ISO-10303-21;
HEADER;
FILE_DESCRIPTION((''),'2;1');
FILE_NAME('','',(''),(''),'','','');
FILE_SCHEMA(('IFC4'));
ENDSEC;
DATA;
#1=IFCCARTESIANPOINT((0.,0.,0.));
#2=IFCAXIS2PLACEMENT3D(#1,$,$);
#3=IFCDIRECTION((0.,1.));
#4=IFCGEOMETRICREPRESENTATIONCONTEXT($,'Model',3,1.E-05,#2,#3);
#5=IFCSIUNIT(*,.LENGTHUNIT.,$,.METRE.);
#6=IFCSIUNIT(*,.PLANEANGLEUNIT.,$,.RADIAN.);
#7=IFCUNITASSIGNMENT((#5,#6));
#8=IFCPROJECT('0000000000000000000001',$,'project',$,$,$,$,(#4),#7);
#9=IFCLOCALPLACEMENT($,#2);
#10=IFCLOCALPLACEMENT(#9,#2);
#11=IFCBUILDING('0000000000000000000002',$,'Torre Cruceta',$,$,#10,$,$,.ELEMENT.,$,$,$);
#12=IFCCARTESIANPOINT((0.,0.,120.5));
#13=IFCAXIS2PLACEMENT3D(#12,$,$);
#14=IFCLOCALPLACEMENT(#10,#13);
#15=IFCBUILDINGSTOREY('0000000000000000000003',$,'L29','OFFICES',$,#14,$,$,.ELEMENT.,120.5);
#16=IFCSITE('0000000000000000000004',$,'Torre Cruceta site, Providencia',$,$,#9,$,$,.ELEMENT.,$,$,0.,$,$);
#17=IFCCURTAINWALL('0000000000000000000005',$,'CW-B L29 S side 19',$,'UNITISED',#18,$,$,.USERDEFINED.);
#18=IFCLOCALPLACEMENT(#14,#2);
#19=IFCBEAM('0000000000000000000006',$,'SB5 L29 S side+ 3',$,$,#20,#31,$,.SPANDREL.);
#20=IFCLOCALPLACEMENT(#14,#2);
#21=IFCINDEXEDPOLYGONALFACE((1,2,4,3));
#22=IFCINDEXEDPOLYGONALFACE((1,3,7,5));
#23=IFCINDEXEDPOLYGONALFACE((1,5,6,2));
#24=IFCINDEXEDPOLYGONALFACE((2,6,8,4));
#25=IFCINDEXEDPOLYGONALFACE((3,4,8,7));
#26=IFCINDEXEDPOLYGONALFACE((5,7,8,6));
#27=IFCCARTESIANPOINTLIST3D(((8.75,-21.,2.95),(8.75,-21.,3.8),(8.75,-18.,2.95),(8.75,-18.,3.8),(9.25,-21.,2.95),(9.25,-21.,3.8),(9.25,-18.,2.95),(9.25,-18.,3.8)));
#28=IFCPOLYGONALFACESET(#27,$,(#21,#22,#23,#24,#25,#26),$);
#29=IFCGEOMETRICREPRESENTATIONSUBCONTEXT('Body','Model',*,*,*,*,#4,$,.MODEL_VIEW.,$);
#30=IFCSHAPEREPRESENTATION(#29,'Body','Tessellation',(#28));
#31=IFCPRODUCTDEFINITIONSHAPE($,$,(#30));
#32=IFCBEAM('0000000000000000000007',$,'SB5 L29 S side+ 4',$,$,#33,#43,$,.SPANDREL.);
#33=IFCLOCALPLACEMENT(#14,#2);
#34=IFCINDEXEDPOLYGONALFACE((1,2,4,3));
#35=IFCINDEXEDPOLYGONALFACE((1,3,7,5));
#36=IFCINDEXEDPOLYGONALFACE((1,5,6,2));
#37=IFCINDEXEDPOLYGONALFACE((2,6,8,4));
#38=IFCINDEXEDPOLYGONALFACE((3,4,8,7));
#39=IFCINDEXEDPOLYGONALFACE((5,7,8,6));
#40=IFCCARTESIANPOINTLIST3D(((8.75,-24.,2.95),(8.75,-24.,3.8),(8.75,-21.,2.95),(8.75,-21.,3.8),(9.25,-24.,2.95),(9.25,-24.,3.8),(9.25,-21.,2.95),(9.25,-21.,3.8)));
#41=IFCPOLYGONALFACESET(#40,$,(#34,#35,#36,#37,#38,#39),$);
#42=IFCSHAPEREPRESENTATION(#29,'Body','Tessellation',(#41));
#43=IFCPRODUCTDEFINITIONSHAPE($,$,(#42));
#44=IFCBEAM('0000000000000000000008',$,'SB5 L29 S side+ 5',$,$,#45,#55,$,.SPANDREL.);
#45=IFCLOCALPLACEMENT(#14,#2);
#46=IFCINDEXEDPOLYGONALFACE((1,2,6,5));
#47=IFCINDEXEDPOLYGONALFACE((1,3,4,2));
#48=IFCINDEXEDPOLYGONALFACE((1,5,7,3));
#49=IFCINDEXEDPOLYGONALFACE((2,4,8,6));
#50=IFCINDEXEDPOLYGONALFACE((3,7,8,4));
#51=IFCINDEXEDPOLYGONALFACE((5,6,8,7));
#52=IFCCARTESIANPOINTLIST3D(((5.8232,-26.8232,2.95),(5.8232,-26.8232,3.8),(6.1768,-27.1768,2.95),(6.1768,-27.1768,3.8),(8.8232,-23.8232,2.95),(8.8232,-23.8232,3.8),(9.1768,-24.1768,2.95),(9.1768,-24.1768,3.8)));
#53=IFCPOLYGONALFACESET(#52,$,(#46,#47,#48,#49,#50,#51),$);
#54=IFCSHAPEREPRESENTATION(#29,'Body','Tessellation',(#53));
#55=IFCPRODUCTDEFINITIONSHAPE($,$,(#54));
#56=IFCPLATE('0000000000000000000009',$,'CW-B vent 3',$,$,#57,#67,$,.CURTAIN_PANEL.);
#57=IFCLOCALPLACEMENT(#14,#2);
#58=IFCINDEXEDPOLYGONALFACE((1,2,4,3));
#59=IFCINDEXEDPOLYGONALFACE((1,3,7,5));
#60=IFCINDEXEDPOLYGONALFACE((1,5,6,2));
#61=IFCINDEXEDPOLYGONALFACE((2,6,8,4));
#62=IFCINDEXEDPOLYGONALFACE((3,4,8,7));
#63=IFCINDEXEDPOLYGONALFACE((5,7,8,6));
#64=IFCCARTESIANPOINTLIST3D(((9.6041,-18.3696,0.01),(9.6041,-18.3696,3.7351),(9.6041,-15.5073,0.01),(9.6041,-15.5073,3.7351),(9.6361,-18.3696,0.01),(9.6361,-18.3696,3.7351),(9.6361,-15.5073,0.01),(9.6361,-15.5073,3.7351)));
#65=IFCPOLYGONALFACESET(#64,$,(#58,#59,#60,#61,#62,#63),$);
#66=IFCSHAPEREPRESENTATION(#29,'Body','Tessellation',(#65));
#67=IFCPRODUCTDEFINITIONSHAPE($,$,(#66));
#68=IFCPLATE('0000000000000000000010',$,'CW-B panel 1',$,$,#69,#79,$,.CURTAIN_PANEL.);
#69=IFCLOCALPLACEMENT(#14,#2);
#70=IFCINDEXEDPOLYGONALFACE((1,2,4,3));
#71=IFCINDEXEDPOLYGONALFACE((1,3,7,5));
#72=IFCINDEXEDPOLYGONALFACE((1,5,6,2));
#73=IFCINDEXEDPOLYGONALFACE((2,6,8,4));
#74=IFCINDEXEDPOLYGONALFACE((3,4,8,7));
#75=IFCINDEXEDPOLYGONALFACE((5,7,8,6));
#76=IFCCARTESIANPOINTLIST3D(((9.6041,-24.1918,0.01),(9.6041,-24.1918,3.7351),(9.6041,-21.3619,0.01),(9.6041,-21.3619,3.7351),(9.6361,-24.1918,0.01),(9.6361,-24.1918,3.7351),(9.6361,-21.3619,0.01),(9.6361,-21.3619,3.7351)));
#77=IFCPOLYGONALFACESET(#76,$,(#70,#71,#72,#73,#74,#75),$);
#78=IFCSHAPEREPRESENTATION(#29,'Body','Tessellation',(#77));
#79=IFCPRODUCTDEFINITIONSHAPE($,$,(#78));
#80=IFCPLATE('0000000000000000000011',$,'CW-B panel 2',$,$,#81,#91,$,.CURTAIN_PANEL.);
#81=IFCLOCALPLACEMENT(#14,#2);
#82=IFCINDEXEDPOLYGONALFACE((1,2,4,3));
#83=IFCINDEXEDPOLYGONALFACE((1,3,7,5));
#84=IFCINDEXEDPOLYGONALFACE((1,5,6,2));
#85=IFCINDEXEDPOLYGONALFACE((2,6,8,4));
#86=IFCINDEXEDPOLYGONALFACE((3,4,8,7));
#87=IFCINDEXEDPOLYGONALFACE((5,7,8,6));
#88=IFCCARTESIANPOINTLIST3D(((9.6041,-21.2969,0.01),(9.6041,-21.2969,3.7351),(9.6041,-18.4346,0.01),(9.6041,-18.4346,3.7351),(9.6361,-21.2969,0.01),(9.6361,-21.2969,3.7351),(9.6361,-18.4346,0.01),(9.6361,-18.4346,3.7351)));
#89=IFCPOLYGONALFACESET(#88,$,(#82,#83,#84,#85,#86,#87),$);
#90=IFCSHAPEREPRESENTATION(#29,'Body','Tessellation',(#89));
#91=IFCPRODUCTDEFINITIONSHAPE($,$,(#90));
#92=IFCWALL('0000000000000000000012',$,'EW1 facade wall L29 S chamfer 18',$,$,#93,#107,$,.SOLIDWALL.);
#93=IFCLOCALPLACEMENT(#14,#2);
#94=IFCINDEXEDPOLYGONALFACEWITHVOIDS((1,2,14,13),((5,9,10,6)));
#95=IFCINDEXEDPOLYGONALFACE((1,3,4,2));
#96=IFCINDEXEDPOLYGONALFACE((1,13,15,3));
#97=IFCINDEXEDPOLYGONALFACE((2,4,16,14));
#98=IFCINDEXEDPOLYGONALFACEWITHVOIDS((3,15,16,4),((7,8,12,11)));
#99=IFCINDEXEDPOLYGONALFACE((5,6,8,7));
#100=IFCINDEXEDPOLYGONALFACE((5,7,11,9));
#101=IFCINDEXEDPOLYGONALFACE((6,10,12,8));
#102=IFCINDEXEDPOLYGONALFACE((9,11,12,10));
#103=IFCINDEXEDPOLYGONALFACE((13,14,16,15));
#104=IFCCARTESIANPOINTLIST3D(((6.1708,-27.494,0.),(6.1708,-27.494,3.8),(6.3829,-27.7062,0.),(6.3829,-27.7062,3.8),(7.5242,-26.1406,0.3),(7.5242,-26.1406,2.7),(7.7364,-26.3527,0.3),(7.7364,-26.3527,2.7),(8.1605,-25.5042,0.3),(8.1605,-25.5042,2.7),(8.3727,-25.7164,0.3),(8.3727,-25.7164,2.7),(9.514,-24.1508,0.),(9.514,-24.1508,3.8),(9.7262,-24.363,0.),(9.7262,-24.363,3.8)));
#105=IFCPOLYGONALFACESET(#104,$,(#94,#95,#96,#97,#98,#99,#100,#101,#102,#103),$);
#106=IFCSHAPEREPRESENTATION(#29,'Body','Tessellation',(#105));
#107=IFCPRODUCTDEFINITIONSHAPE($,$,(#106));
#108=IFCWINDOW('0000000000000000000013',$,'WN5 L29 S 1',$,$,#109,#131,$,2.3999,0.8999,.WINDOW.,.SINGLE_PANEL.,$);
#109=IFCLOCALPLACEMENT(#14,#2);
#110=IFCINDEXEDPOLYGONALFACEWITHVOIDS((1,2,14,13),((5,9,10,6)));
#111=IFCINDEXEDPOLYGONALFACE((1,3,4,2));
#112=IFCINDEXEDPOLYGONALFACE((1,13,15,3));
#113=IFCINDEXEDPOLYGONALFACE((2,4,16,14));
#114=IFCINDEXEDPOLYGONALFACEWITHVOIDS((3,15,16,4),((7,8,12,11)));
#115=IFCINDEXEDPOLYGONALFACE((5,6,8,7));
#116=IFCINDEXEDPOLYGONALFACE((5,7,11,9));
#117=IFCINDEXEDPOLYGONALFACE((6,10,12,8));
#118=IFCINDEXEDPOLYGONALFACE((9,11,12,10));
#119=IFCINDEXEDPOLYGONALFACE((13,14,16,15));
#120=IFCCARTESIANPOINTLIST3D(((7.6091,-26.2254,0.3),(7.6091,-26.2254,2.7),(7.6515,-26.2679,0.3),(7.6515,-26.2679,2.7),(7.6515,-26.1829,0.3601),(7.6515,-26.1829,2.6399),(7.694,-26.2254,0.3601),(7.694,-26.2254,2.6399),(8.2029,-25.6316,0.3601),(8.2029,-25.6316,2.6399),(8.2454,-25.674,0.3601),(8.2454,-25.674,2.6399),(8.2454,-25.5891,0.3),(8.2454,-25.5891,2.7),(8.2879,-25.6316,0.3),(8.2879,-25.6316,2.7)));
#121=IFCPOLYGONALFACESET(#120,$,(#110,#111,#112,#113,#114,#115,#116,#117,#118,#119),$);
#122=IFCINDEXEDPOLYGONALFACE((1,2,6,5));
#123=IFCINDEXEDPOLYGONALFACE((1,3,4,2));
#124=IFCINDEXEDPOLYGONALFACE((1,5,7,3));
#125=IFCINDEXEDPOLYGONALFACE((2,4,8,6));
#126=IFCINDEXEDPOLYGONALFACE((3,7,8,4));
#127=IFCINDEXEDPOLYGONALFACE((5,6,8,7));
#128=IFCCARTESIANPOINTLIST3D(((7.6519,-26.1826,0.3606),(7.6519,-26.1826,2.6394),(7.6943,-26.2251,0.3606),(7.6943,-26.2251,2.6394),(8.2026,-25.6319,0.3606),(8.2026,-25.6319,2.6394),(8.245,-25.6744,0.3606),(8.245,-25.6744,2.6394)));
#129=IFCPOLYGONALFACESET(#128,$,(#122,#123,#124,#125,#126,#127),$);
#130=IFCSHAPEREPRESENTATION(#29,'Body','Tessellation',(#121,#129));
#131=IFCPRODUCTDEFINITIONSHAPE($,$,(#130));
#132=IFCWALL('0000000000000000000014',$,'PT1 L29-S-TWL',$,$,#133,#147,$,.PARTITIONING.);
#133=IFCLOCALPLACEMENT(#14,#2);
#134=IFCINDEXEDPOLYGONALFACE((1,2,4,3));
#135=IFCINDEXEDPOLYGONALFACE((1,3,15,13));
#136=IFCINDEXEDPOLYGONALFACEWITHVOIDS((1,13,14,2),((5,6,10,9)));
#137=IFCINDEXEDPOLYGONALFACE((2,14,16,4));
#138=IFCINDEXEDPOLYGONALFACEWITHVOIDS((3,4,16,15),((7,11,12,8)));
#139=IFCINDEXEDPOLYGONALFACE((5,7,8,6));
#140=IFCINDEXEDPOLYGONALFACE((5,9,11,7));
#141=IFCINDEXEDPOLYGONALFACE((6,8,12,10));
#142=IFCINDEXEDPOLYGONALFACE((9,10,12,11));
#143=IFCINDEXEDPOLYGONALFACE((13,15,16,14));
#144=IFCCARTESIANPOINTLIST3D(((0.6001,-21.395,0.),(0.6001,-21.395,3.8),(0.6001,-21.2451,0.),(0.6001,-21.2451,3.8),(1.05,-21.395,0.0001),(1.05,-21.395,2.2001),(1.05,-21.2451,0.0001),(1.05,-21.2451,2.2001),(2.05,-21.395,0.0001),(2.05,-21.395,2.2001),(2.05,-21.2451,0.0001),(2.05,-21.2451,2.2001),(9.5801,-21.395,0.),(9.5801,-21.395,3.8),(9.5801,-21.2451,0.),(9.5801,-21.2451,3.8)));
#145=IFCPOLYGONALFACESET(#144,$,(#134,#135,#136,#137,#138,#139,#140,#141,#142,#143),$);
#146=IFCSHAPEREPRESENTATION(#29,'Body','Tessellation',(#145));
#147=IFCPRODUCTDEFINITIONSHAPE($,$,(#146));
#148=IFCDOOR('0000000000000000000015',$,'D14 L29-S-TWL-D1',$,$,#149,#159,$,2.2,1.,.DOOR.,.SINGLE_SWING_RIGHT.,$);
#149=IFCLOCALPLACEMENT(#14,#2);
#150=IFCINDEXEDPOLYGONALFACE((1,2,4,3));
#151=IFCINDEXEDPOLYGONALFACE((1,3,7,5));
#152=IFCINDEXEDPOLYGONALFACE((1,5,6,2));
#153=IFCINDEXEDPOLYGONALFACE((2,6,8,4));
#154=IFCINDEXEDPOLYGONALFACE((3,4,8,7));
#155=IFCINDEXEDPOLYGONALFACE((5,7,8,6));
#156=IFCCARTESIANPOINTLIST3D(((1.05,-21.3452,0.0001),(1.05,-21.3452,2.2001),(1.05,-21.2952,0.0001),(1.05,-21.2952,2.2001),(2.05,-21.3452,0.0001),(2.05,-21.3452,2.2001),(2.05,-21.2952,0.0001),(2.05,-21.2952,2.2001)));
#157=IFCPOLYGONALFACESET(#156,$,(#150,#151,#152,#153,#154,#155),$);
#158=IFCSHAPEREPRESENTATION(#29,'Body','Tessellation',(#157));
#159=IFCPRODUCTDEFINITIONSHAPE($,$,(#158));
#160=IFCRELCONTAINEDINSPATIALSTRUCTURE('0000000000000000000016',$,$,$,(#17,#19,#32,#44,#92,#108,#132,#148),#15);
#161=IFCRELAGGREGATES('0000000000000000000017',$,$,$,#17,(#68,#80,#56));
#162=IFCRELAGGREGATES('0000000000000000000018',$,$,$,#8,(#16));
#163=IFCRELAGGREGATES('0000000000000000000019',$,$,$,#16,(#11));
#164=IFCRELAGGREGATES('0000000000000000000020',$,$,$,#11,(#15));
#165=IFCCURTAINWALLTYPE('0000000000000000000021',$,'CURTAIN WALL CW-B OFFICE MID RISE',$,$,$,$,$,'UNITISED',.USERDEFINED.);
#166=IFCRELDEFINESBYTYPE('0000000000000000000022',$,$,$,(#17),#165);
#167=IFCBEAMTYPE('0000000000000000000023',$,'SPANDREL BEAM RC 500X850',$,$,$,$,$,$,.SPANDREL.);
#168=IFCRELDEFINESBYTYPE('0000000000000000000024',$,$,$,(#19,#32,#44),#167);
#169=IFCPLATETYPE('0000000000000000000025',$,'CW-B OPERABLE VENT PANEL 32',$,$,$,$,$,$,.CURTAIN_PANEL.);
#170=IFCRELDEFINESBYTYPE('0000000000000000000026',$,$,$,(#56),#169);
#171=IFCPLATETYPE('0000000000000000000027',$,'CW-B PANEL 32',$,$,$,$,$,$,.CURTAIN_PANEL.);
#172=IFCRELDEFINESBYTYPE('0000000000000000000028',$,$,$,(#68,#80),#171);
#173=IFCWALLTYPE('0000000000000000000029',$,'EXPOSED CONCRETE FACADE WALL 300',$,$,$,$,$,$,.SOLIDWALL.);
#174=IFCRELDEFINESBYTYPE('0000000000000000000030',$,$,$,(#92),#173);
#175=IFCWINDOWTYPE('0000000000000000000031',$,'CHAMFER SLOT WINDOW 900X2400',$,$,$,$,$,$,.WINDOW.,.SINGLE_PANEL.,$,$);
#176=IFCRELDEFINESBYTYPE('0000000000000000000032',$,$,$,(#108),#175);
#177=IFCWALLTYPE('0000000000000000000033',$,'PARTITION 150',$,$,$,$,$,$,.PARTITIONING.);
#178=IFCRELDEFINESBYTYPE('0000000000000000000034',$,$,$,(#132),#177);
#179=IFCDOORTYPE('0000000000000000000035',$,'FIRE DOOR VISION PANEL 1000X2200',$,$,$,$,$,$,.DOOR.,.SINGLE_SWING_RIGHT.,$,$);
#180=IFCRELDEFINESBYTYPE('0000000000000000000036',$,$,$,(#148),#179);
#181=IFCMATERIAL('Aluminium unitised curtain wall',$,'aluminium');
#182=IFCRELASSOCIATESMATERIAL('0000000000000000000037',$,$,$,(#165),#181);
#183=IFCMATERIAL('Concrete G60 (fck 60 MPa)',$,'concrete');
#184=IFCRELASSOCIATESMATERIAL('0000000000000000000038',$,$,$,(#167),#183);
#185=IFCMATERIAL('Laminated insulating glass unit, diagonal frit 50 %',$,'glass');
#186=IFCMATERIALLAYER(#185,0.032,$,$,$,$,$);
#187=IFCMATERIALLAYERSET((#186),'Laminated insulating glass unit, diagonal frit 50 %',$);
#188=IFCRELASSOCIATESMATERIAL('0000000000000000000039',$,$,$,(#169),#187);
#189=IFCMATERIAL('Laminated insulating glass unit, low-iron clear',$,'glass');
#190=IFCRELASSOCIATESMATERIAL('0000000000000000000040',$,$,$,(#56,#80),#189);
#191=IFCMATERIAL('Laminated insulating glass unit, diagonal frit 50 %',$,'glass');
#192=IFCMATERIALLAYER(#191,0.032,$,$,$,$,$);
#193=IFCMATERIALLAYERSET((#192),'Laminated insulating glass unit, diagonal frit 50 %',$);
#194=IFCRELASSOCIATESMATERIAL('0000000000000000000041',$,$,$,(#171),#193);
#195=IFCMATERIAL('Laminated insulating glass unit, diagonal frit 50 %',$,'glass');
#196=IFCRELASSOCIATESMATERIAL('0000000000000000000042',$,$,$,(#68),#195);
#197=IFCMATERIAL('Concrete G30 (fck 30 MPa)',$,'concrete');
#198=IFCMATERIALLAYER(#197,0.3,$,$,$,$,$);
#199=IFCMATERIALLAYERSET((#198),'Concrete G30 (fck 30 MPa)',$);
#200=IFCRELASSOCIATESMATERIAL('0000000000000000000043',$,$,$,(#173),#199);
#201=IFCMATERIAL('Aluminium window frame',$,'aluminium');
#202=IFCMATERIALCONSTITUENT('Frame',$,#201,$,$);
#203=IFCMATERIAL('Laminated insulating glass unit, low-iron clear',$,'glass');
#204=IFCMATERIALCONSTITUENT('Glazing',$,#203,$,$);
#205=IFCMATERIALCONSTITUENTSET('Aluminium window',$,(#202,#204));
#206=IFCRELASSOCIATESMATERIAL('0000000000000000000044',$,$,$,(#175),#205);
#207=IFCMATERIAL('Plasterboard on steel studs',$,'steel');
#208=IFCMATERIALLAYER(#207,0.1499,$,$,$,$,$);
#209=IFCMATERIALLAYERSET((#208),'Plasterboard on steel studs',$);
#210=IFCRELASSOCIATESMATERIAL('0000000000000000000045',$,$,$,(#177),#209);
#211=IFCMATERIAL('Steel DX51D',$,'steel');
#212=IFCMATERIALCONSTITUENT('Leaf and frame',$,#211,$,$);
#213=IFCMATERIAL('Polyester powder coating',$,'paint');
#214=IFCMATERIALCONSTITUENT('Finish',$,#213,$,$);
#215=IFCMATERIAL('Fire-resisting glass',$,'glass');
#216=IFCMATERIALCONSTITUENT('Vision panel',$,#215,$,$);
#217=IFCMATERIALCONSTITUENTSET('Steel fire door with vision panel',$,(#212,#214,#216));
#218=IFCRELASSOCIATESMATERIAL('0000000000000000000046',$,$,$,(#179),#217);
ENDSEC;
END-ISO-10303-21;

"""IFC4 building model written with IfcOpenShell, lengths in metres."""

from ifc_helpers import new_model, si_unit, direction, frame, frame_2d, origin, origin_2d, place, context, subcontext, project, spatial, rectangle, hollow_rectangle, extrude, material, layer, layer_set, constituent, constituent_set, material_profile, profile_set, type_object, element, fill, aggregate, save


model = new_model("IFC4")

# Units and contexts
model_context = context("Model", 3, precision=1e-05, world=origin(), true_north=direction((0.0, 1.0)))
body_context = subcontext(model_context, "Body", "Model", "MODEL_VIEW")
ifc_project = project(units=[si_unit("LENGTHUNIT", "METRE"), si_unit("PLANEANGLEUNIT", "RADIAN")], contexts=[model_context])

# Site, building, storey
site_placement = place(None, origin())
site = spatial("IfcSite", under=ifc_project, at=site_placement, Name="Torre Cruceta site, Providencia", CompositionType="ELEMENT", RefElevation=0.0)
building_placement = place(site_placement, origin())
building = spatial("IfcBuilding", under=site, at=building_placement, Name="Torre Cruceta", CompositionType="ELEMENT")
storey_placement = place(building_placement, frame((0.0, 0.0, 120.5)))
storey = spatial("IfcBuildingStorey", under=building, at=storey_placement, Name="L29", Description="OFFICES", CompositionType="ELEMENT", Elevation=120.5)

# Curtain wall
ifc_material_1 = material(Name="Aluminium unitised curtain wall", Category="aluminium")
curtain_wall_type = type_object("IfcCurtainWallType", Name="CURTAIN WALL CW-B OFFICE MID RISE", ElementType="UNITISED", PredefinedType="USERDEFINED", material=ifc_material_1)
curtain_wall_placement = place(storey_placement, origin())
curtain_wall = element("IfcCurtainWall", 1, at=curtain_wall_placement, inside=storey, type_object=curtain_wall_type, Name="CW-B L29 S side 19", ObjectType="UNITISED", PredefinedType="USERDEFINED")

# Beams
ifc_material_2 = material(Name="Concrete G60 (fck 60 MPa)", Category="concrete")
ifc_material_profile_1 = material_profile(ifc_material_2, rectangle(XDim=0.5, YDim=0.8501, at=origin_2d()), Name="RC 500X850")
ifc_profile_set_1 = profile_set([ifc_material_profile_1], Name="Concrete G60 (fck 60 MPa)")
beam_type_1 = type_object("IfcBeamType", Name="SPANDREL BEAM RC 500X850", PredefinedType="SPANDREL", material=ifc_profile_set_1)
for number, where, z_axis, x_axis, name in (
    (2, (9.0, -18.0, 3.375), (0.0, -1.0, 0.0), (1.0, 0.0, 0.0), "SB5 L29 S side+ 3"),
    (3, (9.0, -21.0, 3.375), (0.0, -1.0, 0.0), (1.0, 0.0, 0.0), "SB5 L29 S side+ 4"),
):
    element("IfcBeam", number, at=place(storey_placement, frame(where, z_axis=z_axis, x_axis=x_axis)), inside=storey, type_object=beam_type_1, Name=name, PredefinedType="SPANDREL", context=body_context, shape_type="SweptSolid", body=[
        extrude(rectangle(XDim=0.5, YDim=0.8501, at=origin_2d()), origin(), (0.0, 0.0, 1.0), 3.0),
    ])
beam_1_placement = place(storey_placement, frame((9.0, -24.0, 3.375), z_axis=(-0.707107, -0.707107, 0.0), x_axis=(0.707107, -0.707107, 0.0)))
element("IfcBeam", 4, at=beam_1_placement, inside=storey, type_object=beam_type_1, Name="SB5 L29 S side+ 5", PredefinedType="SPANDREL", context=body_context, shape_type="SweptSolid", body=[
    extrude(rectangle(XDim=0.5, YDim=0.8501, at=origin_2d()), origin(), (0.0, 0.0, 1.0), 4.2427),
])

# Plates
ifc_material_3 = material(Name="Laminated insulating glass unit, low-iron clear", Category="glass")
ifc_material_4 = material(Name="Laminated insulating glass unit, diagonal frit 50 %", Category="glass")
ifc_layer_1 = layer(ifc_material_4, 0.032)
ifc_layer_set_1 = layer_set([ifc_layer_1], Name="Laminated insulating glass unit, diagonal frit 50 %")
plate_type_1 = type_object("IfcPlateType", Name="CW-B OPERABLE VENT PANEL 32", PredefinedType="CURTAIN_PANEL", material=ifc_layer_set_1)
plate_1_placement = place(storey_placement, frame((9.6201, -16.9385, 0.01), z_axis=(0.0, 0.0, 1.0), x_axis=(0.0, 1.0, 0.0)))
plate_1 = element("IfcPlate", 5, at=plate_1_placement, type_object=plate_type_1, material=ifc_material_3, Name="CW-B vent 3", PredefinedType="CURTAIN_PANEL", context=body_context, shape_type="SweptSolid", body=[
    extrude(rectangle(XDim=2.8623, YDim=0.032, at=origin_2d()), origin(), (0.0, 0.0, 1.0), 3.7251),
])
ifc_material_5 = material(Name="Laminated insulating glass unit, diagonal frit 50 %", Category="glass")
ifc_material_6 = material(Name="Laminated insulating glass unit, diagonal frit 50 %", Category="glass")
ifc_layer_2 = layer(ifc_material_6, 0.032)
ifc_layer_set_2 = layer_set([ifc_layer_2], Name="Laminated insulating glass unit, diagonal frit 50 %")
plate_type_2 = type_object("IfcPlateType", Name="CW-B PANEL 32", PredefinedType="CURTAIN_PANEL", material=ifc_layer_set_2)
plate_2_placement = place(storey_placement, frame((9.6201, -22.7769, 0.01), z_axis=(0.0, 0.0, 1.0), x_axis=(0.0, 1.0, 0.0)))
plate_2 = element("IfcPlate", 6, at=plate_2_placement, type_object=plate_type_2, material=ifc_material_5, Name="CW-B panel 1", PredefinedType="CURTAIN_PANEL", context=body_context, shape_type="SweptSolid", body=[
    extrude(rectangle(XDim=2.8298, YDim=0.032, at=origin_2d()), origin(), (0.0, 0.0, 1.0), 3.7251),
])
plate_3_placement = place(storey_placement, frame((9.6201, -19.8657, 0.01), z_axis=(0.0, 0.0, 1.0), x_axis=(0.0, 1.0, 0.0)))
plate_3 = element("IfcPlate", 7, at=plate_3_placement, type_object=plate_type_2, material=ifc_material_3, Name="CW-B panel 2", PredefinedType="CURTAIN_PANEL", context=body_context, shape_type="SweptSolid", body=[
    extrude(rectangle(XDim=2.8623, YDim=0.032, at=origin_2d()), origin(), (0.0, 0.0, 1.0), 3.7251),
])
aggregate(curtain_wall, [plate_2, plate_3, plate_1])

# Wall, opening, window
ifc_material_7 = material(Name="Concrete G30 (fck 30 MPa)", Category="concrete")
ifc_layer_3 = layer(ifc_material_7, 0.3)
ifc_layer_set_3 = layer_set([ifc_layer_3], Name="Concrete G30 (fck 30 MPa)")
wall_type_1 = type_object("IfcWallType", Name="EXPOSED CONCRETE FACADE WALL 300", PredefinedType="SOLIDWALL", material=ifc_layer_set_3)
wall_1_placement = place(storey_placement, frame((6.2769, -27.6001, 0.0), z_axis=(0.0, 0.0, 1.0), x_axis=(0.707107, 0.707107, 0.0)))
wall_1 = element("IfcWall", 8, at=wall_1_placement, inside=storey, type_object=wall_type_1, Name="EW1 facade wall L29 S chamfer 18", PredefinedType="SOLIDWALL", context=body_context, shape_type="SweptSolid", body=[
    extrude(rectangle(XDim=4.728, YDim=0.3, at=frame_2d((2.364, 0.0))), origin(), (0.0, 0.0, 1.0), 3.8),
])
opening_1_placement = place(wall_1_placement, frame((1.9141, 0.0, 0.3)))
opening_1 = element("IfcOpeningElement", 9, at=opening_1_placement, cuts=wall_1, PredefinedType="OPENING", context=body_context, shape_type="SweptSolid", body=[
    extrude(rectangle(XDim=0.8999, YDim=2.3999, at=frame_2d((0.45, 1.2))), frame((0.0, 0.1599, 0.0), z_axis=(0.0, -1.0, 0.0), x_axis=(1.0, 0.0, 0.0)), (0.0, 0.0, 1.0), 0.3201),
])
ifc_material_8 = material(Name="Aluminium window frame", Category="aluminium")
ifc_constituent_1 = constituent(ifc_material_8, Name="Frame")
ifc_material_9 = material(Name="Laminated insulating glass unit, low-iron clear", Category="glass")
ifc_constituent_2 = constituent(ifc_material_9, Name="Glazing")
ifc_constituent_set_1 = constituent_set(constituents=[ifc_constituent_1, ifc_constituent_2], Name="Aluminium window")
window_type = type_object("IfcWindowType", Name="CHAMFER SLOT WINDOW 900X2400", PartitioningType="SINGLE_PANEL", PredefinedType="WINDOW", material=ifc_constituent_set_1)
window_placement = place(opening_1_placement, origin())
window = element("IfcWindow", 10, at=window_placement, inside=storey, type_object=window_type, Name="WN5 L29 S 1", OverallHeight=2.3999, OverallWidth=0.8999, PartitioningType="SINGLE_PANEL", PredefinedType="WINDOW", context=body_context, shape_type="SweptSolid", body=[
    extrude(hollow_rectangle(XDim=0.8999, YDim=2.3999, WallThickness=0.0601, at=frame_2d((0.45, 1.2))), frame((0.0, 0.03, 0.0), z_axis=(0.0, -1.0, 0.0), x_axis=(1.0, 0.0, 0.0)), (0.0, 0.0, 1.0), 0.0601),
    extrude(rectangle(XDim=0.7788, YDim=2.2788, at=frame_2d((0.45, 1.2))), frame((0.0, 0.03, 0.0), z_axis=(0.0, -1.0, 0.0), x_axis=(1.0, 0.0, 0.0)), (0.0, 0.0, 1.0), 0.0601),
])
fill(opening_1, window)

# Wall, opening, door
ifc_material_10 = material(Name="Plasterboard on steel studs", Category="steel")
ifc_layer_4 = layer(ifc_material_10, 0.1499)
ifc_layer_set_4 = layer_set([ifc_layer_4], Name="Plasterboard on steel studs")
wall_type_2 = type_object("IfcWallType", Name="PARTITION 150", PredefinedType="PARTITIONING", material=ifc_layer_set_4)
wall_2_placement = place(storey_placement, frame((0.6001, -21.3201, 0.0), z_axis=(0.0, 0.0, 1.0), x_axis=(1.0, 0.0, 0.0)))
wall_2 = element("IfcWall", 11, at=wall_2_placement, inside=storey, type_object=wall_type_2, Name="PT1 L29-S-TWL", PredefinedType="PARTITIONING", context=body_context, shape_type="SweptSolid", body=[
    extrude(rectangle(XDim=8.98, YDim=0.1499, at=frame_2d((4.49, 0.0))), origin(), (0.0, 0.0, 1.0), 3.8),
])
opening_2_placement = place(wall_2_placement, frame((0.45, 0.0, 0.0)))
opening_2 = element("IfcOpeningElement", 12, at=opening_2_placement, cuts=wall_2, PredefinedType="OPENING", context=body_context, shape_type="SweptSolid", body=[
    extrude(rectangle(XDim=1.0, YDim=2.2, at=frame_2d((0.5, 1.1001))), frame((0.0, 0.085, 0.0), z_axis=(0.0, -1.0, 0.0), x_axis=(1.0, 0.0, 0.0)), (0.0, 0.0, 1.0), 0.1699),
])
ifc_material_11 = material(Name="Steel DX51D", Category="steel")
ifc_constituent_3 = constituent(ifc_material_11, Name="Leaf and frame")
ifc_material_12 = material(Name="Polyester powder coating", Category="paint")
ifc_constituent_4 = constituent(ifc_material_12, Name="Finish")
ifc_material_13 = material(Name="Fire-resisting glass", Category="glass")
ifc_constituent_5 = constituent(ifc_material_13, Name="Vision panel")
ifc_constituent_set_2 = constituent_set(constituents=[ifc_constituent_3, ifc_constituent_4, ifc_constituent_5], Name="Steel fire door with vision panel")
door_type = type_object("IfcDoorType", Name="FIRE DOOR VISION PANEL 1000X2200", OperationType="SINGLE_SWING_RIGHT", PredefinedType="DOOR", material=ifc_constituent_set_2)
door_placement = place(opening_2_placement, frame((1.0, 0.0, 0.0), z_axis=(0.0, 0.0, 1.0), x_axis=(-1.0, 0.0, 0.0)))
door = element("IfcDoor", 13, at=door_placement, inside=storey, type_object=door_type, Name="D14 L29-S-TWL-D1", OperationType="SINGLE_SWING_RIGHT", OverallHeight=2.2, OverallWidth=1.0, PredefinedType="DOOR", context=body_context, shape_type="SweptSolid", body=[
    extrude(rectangle(XDim=1.0, YDim=2.2, at=frame_2d((0.5, 1.1001))), frame((0.0, 0.0251, 0.0), z_axis=(0.0, -1.0, 0.0), x_axis=(1.0, 0.0, 0.0)), (0.0, 0.0, 1.0), 0.05),
])
fill(opening_2, door)

save(model, "model.ifc")
